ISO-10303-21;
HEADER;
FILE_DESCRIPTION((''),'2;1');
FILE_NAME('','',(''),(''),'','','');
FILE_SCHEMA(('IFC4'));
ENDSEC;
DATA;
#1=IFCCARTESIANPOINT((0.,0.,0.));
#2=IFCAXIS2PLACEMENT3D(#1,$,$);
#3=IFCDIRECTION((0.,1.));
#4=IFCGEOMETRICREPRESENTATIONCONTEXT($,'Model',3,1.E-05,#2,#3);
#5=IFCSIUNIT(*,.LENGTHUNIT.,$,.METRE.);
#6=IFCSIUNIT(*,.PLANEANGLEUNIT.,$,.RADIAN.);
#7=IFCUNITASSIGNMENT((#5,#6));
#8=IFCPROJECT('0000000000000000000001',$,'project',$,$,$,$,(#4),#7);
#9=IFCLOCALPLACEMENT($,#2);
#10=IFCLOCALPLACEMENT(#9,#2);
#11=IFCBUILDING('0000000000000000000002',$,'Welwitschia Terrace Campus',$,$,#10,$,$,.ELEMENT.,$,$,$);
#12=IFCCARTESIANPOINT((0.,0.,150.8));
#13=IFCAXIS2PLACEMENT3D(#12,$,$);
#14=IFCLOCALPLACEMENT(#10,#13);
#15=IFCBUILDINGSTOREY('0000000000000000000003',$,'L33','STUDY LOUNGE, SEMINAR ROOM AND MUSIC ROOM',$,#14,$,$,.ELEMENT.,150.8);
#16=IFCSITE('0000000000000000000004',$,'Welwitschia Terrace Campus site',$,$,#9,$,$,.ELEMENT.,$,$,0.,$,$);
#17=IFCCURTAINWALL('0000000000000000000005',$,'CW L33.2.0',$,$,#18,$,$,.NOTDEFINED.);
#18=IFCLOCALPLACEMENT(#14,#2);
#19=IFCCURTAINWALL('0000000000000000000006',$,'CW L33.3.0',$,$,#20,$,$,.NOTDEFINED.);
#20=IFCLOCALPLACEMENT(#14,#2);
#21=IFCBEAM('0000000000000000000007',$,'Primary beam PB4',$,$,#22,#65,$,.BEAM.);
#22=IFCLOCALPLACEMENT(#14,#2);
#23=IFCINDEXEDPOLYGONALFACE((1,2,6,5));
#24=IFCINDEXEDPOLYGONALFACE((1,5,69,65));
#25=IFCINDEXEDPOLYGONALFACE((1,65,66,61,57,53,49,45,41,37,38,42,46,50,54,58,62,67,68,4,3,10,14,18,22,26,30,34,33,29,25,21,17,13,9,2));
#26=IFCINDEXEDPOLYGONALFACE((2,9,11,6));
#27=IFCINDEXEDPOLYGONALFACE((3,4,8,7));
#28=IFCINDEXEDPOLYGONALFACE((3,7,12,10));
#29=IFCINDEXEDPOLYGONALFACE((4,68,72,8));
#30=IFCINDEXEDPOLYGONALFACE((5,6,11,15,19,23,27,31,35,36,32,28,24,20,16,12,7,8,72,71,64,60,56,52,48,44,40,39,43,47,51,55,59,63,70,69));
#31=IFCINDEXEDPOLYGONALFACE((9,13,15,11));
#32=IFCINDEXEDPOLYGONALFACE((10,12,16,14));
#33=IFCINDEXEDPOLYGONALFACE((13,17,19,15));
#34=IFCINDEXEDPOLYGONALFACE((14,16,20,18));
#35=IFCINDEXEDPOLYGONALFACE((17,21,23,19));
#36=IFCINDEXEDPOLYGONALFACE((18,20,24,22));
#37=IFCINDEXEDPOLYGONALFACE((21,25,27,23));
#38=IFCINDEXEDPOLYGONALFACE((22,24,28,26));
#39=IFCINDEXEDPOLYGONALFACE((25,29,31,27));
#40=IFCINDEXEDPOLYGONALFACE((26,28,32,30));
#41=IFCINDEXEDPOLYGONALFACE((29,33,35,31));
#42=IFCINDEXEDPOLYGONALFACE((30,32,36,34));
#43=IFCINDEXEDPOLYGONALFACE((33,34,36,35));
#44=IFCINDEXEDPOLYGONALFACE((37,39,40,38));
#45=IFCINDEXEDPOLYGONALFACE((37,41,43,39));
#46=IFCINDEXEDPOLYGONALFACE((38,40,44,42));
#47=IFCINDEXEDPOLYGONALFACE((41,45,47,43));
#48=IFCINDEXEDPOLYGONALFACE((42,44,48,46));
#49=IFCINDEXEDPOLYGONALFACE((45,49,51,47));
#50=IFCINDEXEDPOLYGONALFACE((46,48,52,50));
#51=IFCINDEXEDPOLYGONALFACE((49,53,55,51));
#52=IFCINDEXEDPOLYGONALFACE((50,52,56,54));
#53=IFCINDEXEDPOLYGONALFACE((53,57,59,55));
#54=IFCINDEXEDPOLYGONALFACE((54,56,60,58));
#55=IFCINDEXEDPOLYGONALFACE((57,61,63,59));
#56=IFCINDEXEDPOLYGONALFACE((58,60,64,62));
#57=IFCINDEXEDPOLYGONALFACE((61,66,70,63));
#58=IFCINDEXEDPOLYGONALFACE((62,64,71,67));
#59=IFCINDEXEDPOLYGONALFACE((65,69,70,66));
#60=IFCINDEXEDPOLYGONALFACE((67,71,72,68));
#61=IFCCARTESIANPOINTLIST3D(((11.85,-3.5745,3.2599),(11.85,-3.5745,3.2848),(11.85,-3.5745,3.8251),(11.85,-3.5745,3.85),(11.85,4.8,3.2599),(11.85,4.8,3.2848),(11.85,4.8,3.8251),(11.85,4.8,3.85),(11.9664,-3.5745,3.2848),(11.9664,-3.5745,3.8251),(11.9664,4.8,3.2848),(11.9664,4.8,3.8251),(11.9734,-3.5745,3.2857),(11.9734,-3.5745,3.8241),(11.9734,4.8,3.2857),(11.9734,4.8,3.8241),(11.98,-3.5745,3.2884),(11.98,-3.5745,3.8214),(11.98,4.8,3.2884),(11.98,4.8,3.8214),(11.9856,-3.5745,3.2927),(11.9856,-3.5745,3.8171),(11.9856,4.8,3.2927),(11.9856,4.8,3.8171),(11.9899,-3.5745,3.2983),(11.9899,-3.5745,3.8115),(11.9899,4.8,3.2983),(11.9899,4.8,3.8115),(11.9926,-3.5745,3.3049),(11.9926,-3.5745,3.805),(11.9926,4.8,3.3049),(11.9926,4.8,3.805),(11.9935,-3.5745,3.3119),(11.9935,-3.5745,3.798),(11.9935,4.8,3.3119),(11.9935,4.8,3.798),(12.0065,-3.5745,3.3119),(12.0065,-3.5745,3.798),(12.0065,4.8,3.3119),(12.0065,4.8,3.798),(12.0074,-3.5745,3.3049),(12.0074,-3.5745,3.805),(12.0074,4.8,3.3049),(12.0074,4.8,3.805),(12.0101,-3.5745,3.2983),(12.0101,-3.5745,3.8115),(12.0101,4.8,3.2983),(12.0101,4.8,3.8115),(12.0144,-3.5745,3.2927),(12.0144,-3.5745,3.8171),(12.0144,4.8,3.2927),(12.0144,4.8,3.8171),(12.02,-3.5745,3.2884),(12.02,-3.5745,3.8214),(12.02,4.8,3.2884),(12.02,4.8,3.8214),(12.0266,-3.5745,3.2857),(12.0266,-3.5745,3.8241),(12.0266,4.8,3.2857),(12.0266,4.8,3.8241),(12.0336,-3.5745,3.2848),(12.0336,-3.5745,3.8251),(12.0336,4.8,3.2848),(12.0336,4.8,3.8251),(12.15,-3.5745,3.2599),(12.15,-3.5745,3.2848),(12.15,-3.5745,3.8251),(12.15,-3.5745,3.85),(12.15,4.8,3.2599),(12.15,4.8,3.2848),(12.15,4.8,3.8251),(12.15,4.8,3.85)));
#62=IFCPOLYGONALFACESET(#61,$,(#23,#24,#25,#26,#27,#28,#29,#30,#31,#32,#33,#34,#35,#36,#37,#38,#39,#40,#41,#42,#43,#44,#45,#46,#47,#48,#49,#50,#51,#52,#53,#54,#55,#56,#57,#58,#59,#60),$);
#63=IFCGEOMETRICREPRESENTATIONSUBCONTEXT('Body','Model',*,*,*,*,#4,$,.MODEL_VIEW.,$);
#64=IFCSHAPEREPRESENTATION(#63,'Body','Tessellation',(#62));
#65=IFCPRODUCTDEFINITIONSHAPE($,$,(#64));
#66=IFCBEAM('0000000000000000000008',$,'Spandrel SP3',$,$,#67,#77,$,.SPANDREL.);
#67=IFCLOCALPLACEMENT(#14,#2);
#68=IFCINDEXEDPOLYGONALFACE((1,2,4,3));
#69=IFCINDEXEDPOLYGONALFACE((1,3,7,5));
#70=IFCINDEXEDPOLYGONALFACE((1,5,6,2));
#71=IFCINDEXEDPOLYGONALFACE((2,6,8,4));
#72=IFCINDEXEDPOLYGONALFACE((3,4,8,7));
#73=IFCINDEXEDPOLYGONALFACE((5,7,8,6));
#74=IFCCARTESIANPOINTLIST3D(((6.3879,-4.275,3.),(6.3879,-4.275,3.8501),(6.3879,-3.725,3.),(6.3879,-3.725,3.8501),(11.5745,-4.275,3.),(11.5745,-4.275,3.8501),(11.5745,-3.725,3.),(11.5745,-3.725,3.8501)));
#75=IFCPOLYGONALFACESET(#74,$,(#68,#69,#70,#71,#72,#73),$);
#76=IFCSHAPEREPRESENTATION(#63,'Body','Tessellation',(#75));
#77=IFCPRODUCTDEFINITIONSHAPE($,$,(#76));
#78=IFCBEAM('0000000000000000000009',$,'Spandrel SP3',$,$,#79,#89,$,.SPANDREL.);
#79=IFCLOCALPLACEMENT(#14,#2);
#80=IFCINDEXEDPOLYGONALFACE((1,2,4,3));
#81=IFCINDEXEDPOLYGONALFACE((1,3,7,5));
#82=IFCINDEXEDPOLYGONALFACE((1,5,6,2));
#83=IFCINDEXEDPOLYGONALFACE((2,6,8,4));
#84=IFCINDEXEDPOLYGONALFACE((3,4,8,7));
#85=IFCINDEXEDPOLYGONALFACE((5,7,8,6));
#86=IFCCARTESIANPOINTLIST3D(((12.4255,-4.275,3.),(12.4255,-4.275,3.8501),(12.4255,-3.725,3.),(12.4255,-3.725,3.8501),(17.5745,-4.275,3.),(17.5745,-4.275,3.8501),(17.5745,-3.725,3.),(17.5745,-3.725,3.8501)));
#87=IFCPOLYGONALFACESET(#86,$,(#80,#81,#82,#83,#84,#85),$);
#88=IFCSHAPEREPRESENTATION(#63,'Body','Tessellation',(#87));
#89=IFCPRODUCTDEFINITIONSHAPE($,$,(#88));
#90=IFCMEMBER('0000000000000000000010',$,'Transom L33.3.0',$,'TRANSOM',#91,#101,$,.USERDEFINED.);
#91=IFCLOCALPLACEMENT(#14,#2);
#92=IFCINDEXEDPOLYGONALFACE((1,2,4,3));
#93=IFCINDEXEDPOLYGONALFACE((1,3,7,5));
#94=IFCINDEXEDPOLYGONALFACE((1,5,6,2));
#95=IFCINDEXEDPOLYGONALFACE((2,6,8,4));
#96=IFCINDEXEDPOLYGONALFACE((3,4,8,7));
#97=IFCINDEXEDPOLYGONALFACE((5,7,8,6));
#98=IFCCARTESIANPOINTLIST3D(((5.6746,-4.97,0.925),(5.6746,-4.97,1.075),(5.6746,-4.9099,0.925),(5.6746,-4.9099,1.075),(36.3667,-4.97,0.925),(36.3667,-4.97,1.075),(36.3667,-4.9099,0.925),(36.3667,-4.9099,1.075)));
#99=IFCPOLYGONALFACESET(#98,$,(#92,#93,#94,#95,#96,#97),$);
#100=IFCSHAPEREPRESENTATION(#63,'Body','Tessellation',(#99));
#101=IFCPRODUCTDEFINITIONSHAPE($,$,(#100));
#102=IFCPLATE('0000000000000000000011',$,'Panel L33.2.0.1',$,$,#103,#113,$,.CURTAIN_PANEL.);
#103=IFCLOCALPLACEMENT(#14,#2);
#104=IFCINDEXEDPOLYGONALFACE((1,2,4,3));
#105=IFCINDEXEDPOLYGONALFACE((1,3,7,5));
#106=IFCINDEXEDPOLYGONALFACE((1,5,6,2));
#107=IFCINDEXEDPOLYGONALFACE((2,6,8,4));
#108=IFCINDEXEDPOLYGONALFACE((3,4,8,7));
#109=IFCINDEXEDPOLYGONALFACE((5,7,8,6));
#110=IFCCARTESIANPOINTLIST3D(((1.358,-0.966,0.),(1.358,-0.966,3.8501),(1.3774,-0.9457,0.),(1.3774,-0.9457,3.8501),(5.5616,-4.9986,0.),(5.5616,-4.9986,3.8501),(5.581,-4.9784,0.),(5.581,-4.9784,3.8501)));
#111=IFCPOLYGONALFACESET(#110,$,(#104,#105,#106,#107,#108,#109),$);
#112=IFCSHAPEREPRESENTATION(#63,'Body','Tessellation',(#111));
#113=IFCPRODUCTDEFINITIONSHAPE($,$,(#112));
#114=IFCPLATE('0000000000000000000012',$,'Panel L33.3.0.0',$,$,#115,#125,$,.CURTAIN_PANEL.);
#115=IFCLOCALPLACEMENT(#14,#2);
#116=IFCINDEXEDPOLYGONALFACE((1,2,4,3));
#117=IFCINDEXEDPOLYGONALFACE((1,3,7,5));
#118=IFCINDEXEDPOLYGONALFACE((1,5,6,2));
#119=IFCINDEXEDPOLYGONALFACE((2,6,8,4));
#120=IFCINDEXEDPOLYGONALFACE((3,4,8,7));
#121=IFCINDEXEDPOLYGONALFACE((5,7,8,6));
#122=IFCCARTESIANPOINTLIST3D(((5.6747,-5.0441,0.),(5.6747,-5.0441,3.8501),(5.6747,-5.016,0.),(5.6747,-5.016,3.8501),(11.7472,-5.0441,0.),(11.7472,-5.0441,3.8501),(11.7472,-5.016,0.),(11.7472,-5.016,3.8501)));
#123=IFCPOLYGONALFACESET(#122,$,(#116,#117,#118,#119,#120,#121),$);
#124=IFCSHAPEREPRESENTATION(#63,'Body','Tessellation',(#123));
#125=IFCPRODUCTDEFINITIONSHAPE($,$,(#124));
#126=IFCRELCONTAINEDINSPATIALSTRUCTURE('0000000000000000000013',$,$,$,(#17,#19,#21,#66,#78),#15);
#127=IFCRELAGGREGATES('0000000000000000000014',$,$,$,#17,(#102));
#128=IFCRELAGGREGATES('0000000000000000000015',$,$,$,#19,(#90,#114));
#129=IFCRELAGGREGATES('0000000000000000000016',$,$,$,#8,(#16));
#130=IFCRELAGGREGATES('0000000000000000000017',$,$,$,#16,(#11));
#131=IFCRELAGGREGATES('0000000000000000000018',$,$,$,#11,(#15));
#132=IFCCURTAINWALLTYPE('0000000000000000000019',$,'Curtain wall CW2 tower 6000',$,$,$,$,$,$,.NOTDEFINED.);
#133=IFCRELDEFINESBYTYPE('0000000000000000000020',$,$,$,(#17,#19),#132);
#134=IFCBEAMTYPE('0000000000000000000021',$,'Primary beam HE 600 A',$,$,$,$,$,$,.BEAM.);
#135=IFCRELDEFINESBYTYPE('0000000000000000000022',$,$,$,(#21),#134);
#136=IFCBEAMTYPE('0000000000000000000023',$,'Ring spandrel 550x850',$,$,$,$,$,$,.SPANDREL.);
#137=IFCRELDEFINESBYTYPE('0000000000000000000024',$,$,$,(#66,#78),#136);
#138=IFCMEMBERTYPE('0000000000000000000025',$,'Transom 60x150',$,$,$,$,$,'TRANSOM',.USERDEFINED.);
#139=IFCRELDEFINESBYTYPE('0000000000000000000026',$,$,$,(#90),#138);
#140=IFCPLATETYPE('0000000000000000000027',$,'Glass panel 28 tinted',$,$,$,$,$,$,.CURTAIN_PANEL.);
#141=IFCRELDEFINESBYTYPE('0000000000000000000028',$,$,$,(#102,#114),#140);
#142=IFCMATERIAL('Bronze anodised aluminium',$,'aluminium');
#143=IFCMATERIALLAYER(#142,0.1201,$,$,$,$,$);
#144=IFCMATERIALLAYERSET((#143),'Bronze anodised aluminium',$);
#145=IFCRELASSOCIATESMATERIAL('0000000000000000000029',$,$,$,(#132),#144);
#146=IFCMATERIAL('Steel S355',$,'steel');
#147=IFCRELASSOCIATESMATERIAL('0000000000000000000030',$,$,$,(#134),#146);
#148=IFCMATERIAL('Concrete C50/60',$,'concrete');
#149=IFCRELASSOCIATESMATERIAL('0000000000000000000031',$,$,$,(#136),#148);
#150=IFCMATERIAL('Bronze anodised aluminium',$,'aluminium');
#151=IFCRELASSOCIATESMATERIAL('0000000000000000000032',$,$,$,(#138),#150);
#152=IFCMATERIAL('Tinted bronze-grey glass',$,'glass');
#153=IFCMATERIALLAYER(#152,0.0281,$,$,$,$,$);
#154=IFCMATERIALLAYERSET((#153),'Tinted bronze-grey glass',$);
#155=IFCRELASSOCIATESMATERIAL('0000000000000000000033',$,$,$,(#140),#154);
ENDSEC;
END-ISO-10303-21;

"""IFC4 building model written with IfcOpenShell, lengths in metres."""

from ifc_helpers import new_model, si_unit, direction, frame, origin, origin_2d, place, context, subcontext, project, spatial, rectangle, i_section, extrude, material, layer, layer_set, material_profile, profile_set, type_object, element, aggregate, save


model = new_model("IFC4")

# Units and contexts
model_context = context("Model", 3, precision=1e-05, world=origin(), true_north=direction((0.0, 1.0)))
body_context = subcontext(model_context, "Body", "Model", "MODEL_VIEW")
ifc_project = project(units=[si_unit("LENGTHUNIT", "METRE"), si_unit("PLANEANGLEUNIT", "RADIAN")], contexts=[model_context])

# Site, building, storey
site_placement = place(None, origin())
site = spatial("IfcSite", under=ifc_project, at=site_placement, Name="Welwitschia Terrace Campus site", CompositionType="ELEMENT", RefElevation=0.0)
building_placement = place(site_placement, origin())
building = spatial("IfcBuilding", under=site, at=building_placement, Name="Welwitschia Terrace Campus", CompositionType="ELEMENT")
storey_placement = place(building_placement, frame((0.0, 0.0, 150.8)))
storey = spatial("IfcBuildingStorey", under=building, at=storey_placement, Name="L33", Description="STUDY LOUNGE, SEMINAR ROOM AND MUSIC ROOM", CompositionType="ELEMENT", Elevation=150.8)

# Curtain walls
ifc_material_1 = material(Name="Bronze anodised aluminium", Category="aluminium")
ifc_layer_1 = layer(ifc_material_1, 0.1201)
ifc_layer_set_1 = layer_set([ifc_layer_1], Name="Bronze anodised aluminium")
curtain_wall_type = type_object("IfcCurtainWallType", Name="Curtain wall CW2 tower 6000", PredefinedType="NOTDEFINED", material=ifc_layer_set_1)
curtain_wall_1_placement = place(storey_placement, origin())
curtain_wall_1 = element("IfcCurtainWall", 1, at=curtain_wall_1_placement, inside=storey, type_object=curtain_wall_type, Name="CW L33.2.0", PredefinedType="NOTDEFINED")
curtain_wall_2_placement = place(storey_placement, origin())
curtain_wall_2 = element("IfcCurtainWall", 2, at=curtain_wall_2_placement, inside=storey, type_object=curtain_wall_type, Name="CW L33.3.0", PredefinedType="NOTDEFINED")

# Beams
ifc_material_2 = material(Name="Steel S355", Category="steel")
ifc_material_profile_1 = material_profile(ifc_material_2, i_section(OverallWidth=0.3, OverallDepth=0.5901, WebThickness=0.0129, FlangeThickness=0.0249, FilletRadius=0.0271, at=origin_2d()))
ifc_profile_set_1 = profile_set([ifc_material_profile_1], Name="Steel S355")
beam_type_1 = type_object("IfcBeamType", Name="Primary beam HE 600 A", PredefinedType="BEAM", material=ifc_profile_set_1)
beam_1_placement = place(storey_placement, frame((12.0, -3.5745, 3.5549), z_axis=(0.0, 1.0, 0.0), x_axis=(-1.0, 0.0, 0.0)))
element("IfcBeam", 3, at=beam_1_placement, inside=storey, type_object=beam_type_1, Name="Primary beam PB4", PredefinedType="BEAM", context=body_context, shape_type="SweptSolid", body=[
    extrude(i_section(OverallWidth=0.3, OverallDepth=0.5901, WebThickness=0.0129, FlangeThickness=0.0249, FilletRadius=0.0271, at=origin_2d()), origin(), (0.0, 0.0, 1.0), 8.3745),
])
ifc_material_3 = material(Name="Concrete C50/60", Category="concrete")
ifc_material_profile_2 = material_profile(ifc_material_3, rectangle(XDim=0.55, YDim=0.8501, at=origin_2d()))
ifc_profile_set_2 = profile_set([ifc_material_profile_2], Name="Concrete C50/60")
beam_type_2 = type_object("IfcBeamType", Name="Ring spandrel 550x850", PredefinedType="SPANDREL", material=ifc_profile_set_2)
beam_2_placement = place(storey_placement, frame((6.3879, -4.0, 3.425), z_axis=(1.0, 0.0, 0.0), x_axis=(0.0, 1.0, 0.0)))
element("IfcBeam", 4, at=beam_2_placement, inside=storey, type_object=beam_type_2, Name="Spandrel SP3", PredefinedType="SPANDREL", context=body_context, shape_type="SweptSolid", body=[
    extrude(rectangle(XDim=0.55, YDim=0.8501, at=origin_2d()), origin(), (0.0, 0.0, 1.0), 5.1865),
])
beam_3_placement = place(storey_placement, frame((12.4255, -4.0, 3.425), z_axis=(1.0, 0.0, 0.0), x_axis=(0.0, 1.0, 0.0)))
element("IfcBeam", 5, at=beam_3_placement, inside=storey, type_object=beam_type_2, Name="Spandrel SP3", PredefinedType="SPANDREL", context=body_context, shape_type="SweptSolid", body=[
    extrude(rectangle(XDim=0.55, YDim=0.8501, at=origin_2d()), origin(), (0.0, 0.0, 1.0), 5.1489),
])

# Member
ifc_material_4 = material(Name="Bronze anodised aluminium", Category="aluminium")
ifc_material_profile_3 = material_profile(ifc_material_4, rectangle(XDim=0.0601, YDim=0.1499, at=origin_2d()))
ifc_profile_set_3 = profile_set([ifc_material_profile_3], Name="Bronze anodised aluminium")
member_type_1 = type_object("IfcMemberType", Name="Transom 60x150", ElementType="TRANSOM", PredefinedType="USERDEFINED", material=ifc_profile_set_3)
member_1_placement = place(storey_placement, frame((5.6746, -4.9399, 1.0), z_axis=(1.0, 0.0, 0.0), x_axis=(0.0, 1.0, 0.0)))
member_1 = element("IfcMember", 6, at=member_1_placement, type_object=member_type_1, Name="Transom L33.3.0", ObjectType="TRANSOM", PredefinedType="USERDEFINED", context=body_context, shape_type="SweptSolid", body=[
    extrude(rectangle(XDim=0.0601, YDim=0.1499, at=origin_2d()), origin(), (0.0, 0.0, 1.0), 30.6921),
])

# Plates
ifc_material_5 = material(Name="Tinted bronze-grey glass", Category="glass")
ifc_layer_2 = layer(ifc_material_5, 0.0281)
ifc_layer_set_2 = layer_set([ifc_layer_2], Name="Tinted bronze-grey glass")
plate_type = type_object("IfcPlateType", Name="Glass panel 28 tinted", PredefinedType="CURTAIN_PANEL", material=ifc_layer_set_2)
plate_1_placement = place(storey_placement, frame((3.4695, -2.9722, 0.0), z_axis=(0.0, 0.0, 1.0), x_axis=(0.721626, -0.692283, 0.0)))
plate_1 = element("IfcPlate", 7, at=plate_1_placement, type_object=plate_type, Name="Panel L33.2.0.1", PredefinedType="CURTAIN_PANEL", context=body_context, shape_type="SweptSolid", body=[
    extrude(rectangle(XDim=5.8252, YDim=0.0281, at=origin_2d()), origin(), (0.0, 0.0, 1.0), 3.8501),
])
aggregate(curtain_wall_1, [plate_1])
plate_2_placement = place(storey_placement, frame((8.7109, -5.03, 0.0), z_axis=(0.0, 0.0, 1.0), x_axis=(1.0, 0.0, 0.0)))
plate_2 = element("IfcPlate", 8, at=plate_2_placement, type_object=plate_type, Name="Panel L33.3.0.0", PredefinedType="CURTAIN_PANEL", context=body_context, shape_type="SweptSolid", body=[
    extrude(rectangle(XDim=6.0725, YDim=0.0281, at=origin_2d()), origin(), (0.0, 0.0, 1.0), 3.8501),
])
aggregate(curtain_wall_2, [member_1, plate_2])

save(model, "model.ifc")
